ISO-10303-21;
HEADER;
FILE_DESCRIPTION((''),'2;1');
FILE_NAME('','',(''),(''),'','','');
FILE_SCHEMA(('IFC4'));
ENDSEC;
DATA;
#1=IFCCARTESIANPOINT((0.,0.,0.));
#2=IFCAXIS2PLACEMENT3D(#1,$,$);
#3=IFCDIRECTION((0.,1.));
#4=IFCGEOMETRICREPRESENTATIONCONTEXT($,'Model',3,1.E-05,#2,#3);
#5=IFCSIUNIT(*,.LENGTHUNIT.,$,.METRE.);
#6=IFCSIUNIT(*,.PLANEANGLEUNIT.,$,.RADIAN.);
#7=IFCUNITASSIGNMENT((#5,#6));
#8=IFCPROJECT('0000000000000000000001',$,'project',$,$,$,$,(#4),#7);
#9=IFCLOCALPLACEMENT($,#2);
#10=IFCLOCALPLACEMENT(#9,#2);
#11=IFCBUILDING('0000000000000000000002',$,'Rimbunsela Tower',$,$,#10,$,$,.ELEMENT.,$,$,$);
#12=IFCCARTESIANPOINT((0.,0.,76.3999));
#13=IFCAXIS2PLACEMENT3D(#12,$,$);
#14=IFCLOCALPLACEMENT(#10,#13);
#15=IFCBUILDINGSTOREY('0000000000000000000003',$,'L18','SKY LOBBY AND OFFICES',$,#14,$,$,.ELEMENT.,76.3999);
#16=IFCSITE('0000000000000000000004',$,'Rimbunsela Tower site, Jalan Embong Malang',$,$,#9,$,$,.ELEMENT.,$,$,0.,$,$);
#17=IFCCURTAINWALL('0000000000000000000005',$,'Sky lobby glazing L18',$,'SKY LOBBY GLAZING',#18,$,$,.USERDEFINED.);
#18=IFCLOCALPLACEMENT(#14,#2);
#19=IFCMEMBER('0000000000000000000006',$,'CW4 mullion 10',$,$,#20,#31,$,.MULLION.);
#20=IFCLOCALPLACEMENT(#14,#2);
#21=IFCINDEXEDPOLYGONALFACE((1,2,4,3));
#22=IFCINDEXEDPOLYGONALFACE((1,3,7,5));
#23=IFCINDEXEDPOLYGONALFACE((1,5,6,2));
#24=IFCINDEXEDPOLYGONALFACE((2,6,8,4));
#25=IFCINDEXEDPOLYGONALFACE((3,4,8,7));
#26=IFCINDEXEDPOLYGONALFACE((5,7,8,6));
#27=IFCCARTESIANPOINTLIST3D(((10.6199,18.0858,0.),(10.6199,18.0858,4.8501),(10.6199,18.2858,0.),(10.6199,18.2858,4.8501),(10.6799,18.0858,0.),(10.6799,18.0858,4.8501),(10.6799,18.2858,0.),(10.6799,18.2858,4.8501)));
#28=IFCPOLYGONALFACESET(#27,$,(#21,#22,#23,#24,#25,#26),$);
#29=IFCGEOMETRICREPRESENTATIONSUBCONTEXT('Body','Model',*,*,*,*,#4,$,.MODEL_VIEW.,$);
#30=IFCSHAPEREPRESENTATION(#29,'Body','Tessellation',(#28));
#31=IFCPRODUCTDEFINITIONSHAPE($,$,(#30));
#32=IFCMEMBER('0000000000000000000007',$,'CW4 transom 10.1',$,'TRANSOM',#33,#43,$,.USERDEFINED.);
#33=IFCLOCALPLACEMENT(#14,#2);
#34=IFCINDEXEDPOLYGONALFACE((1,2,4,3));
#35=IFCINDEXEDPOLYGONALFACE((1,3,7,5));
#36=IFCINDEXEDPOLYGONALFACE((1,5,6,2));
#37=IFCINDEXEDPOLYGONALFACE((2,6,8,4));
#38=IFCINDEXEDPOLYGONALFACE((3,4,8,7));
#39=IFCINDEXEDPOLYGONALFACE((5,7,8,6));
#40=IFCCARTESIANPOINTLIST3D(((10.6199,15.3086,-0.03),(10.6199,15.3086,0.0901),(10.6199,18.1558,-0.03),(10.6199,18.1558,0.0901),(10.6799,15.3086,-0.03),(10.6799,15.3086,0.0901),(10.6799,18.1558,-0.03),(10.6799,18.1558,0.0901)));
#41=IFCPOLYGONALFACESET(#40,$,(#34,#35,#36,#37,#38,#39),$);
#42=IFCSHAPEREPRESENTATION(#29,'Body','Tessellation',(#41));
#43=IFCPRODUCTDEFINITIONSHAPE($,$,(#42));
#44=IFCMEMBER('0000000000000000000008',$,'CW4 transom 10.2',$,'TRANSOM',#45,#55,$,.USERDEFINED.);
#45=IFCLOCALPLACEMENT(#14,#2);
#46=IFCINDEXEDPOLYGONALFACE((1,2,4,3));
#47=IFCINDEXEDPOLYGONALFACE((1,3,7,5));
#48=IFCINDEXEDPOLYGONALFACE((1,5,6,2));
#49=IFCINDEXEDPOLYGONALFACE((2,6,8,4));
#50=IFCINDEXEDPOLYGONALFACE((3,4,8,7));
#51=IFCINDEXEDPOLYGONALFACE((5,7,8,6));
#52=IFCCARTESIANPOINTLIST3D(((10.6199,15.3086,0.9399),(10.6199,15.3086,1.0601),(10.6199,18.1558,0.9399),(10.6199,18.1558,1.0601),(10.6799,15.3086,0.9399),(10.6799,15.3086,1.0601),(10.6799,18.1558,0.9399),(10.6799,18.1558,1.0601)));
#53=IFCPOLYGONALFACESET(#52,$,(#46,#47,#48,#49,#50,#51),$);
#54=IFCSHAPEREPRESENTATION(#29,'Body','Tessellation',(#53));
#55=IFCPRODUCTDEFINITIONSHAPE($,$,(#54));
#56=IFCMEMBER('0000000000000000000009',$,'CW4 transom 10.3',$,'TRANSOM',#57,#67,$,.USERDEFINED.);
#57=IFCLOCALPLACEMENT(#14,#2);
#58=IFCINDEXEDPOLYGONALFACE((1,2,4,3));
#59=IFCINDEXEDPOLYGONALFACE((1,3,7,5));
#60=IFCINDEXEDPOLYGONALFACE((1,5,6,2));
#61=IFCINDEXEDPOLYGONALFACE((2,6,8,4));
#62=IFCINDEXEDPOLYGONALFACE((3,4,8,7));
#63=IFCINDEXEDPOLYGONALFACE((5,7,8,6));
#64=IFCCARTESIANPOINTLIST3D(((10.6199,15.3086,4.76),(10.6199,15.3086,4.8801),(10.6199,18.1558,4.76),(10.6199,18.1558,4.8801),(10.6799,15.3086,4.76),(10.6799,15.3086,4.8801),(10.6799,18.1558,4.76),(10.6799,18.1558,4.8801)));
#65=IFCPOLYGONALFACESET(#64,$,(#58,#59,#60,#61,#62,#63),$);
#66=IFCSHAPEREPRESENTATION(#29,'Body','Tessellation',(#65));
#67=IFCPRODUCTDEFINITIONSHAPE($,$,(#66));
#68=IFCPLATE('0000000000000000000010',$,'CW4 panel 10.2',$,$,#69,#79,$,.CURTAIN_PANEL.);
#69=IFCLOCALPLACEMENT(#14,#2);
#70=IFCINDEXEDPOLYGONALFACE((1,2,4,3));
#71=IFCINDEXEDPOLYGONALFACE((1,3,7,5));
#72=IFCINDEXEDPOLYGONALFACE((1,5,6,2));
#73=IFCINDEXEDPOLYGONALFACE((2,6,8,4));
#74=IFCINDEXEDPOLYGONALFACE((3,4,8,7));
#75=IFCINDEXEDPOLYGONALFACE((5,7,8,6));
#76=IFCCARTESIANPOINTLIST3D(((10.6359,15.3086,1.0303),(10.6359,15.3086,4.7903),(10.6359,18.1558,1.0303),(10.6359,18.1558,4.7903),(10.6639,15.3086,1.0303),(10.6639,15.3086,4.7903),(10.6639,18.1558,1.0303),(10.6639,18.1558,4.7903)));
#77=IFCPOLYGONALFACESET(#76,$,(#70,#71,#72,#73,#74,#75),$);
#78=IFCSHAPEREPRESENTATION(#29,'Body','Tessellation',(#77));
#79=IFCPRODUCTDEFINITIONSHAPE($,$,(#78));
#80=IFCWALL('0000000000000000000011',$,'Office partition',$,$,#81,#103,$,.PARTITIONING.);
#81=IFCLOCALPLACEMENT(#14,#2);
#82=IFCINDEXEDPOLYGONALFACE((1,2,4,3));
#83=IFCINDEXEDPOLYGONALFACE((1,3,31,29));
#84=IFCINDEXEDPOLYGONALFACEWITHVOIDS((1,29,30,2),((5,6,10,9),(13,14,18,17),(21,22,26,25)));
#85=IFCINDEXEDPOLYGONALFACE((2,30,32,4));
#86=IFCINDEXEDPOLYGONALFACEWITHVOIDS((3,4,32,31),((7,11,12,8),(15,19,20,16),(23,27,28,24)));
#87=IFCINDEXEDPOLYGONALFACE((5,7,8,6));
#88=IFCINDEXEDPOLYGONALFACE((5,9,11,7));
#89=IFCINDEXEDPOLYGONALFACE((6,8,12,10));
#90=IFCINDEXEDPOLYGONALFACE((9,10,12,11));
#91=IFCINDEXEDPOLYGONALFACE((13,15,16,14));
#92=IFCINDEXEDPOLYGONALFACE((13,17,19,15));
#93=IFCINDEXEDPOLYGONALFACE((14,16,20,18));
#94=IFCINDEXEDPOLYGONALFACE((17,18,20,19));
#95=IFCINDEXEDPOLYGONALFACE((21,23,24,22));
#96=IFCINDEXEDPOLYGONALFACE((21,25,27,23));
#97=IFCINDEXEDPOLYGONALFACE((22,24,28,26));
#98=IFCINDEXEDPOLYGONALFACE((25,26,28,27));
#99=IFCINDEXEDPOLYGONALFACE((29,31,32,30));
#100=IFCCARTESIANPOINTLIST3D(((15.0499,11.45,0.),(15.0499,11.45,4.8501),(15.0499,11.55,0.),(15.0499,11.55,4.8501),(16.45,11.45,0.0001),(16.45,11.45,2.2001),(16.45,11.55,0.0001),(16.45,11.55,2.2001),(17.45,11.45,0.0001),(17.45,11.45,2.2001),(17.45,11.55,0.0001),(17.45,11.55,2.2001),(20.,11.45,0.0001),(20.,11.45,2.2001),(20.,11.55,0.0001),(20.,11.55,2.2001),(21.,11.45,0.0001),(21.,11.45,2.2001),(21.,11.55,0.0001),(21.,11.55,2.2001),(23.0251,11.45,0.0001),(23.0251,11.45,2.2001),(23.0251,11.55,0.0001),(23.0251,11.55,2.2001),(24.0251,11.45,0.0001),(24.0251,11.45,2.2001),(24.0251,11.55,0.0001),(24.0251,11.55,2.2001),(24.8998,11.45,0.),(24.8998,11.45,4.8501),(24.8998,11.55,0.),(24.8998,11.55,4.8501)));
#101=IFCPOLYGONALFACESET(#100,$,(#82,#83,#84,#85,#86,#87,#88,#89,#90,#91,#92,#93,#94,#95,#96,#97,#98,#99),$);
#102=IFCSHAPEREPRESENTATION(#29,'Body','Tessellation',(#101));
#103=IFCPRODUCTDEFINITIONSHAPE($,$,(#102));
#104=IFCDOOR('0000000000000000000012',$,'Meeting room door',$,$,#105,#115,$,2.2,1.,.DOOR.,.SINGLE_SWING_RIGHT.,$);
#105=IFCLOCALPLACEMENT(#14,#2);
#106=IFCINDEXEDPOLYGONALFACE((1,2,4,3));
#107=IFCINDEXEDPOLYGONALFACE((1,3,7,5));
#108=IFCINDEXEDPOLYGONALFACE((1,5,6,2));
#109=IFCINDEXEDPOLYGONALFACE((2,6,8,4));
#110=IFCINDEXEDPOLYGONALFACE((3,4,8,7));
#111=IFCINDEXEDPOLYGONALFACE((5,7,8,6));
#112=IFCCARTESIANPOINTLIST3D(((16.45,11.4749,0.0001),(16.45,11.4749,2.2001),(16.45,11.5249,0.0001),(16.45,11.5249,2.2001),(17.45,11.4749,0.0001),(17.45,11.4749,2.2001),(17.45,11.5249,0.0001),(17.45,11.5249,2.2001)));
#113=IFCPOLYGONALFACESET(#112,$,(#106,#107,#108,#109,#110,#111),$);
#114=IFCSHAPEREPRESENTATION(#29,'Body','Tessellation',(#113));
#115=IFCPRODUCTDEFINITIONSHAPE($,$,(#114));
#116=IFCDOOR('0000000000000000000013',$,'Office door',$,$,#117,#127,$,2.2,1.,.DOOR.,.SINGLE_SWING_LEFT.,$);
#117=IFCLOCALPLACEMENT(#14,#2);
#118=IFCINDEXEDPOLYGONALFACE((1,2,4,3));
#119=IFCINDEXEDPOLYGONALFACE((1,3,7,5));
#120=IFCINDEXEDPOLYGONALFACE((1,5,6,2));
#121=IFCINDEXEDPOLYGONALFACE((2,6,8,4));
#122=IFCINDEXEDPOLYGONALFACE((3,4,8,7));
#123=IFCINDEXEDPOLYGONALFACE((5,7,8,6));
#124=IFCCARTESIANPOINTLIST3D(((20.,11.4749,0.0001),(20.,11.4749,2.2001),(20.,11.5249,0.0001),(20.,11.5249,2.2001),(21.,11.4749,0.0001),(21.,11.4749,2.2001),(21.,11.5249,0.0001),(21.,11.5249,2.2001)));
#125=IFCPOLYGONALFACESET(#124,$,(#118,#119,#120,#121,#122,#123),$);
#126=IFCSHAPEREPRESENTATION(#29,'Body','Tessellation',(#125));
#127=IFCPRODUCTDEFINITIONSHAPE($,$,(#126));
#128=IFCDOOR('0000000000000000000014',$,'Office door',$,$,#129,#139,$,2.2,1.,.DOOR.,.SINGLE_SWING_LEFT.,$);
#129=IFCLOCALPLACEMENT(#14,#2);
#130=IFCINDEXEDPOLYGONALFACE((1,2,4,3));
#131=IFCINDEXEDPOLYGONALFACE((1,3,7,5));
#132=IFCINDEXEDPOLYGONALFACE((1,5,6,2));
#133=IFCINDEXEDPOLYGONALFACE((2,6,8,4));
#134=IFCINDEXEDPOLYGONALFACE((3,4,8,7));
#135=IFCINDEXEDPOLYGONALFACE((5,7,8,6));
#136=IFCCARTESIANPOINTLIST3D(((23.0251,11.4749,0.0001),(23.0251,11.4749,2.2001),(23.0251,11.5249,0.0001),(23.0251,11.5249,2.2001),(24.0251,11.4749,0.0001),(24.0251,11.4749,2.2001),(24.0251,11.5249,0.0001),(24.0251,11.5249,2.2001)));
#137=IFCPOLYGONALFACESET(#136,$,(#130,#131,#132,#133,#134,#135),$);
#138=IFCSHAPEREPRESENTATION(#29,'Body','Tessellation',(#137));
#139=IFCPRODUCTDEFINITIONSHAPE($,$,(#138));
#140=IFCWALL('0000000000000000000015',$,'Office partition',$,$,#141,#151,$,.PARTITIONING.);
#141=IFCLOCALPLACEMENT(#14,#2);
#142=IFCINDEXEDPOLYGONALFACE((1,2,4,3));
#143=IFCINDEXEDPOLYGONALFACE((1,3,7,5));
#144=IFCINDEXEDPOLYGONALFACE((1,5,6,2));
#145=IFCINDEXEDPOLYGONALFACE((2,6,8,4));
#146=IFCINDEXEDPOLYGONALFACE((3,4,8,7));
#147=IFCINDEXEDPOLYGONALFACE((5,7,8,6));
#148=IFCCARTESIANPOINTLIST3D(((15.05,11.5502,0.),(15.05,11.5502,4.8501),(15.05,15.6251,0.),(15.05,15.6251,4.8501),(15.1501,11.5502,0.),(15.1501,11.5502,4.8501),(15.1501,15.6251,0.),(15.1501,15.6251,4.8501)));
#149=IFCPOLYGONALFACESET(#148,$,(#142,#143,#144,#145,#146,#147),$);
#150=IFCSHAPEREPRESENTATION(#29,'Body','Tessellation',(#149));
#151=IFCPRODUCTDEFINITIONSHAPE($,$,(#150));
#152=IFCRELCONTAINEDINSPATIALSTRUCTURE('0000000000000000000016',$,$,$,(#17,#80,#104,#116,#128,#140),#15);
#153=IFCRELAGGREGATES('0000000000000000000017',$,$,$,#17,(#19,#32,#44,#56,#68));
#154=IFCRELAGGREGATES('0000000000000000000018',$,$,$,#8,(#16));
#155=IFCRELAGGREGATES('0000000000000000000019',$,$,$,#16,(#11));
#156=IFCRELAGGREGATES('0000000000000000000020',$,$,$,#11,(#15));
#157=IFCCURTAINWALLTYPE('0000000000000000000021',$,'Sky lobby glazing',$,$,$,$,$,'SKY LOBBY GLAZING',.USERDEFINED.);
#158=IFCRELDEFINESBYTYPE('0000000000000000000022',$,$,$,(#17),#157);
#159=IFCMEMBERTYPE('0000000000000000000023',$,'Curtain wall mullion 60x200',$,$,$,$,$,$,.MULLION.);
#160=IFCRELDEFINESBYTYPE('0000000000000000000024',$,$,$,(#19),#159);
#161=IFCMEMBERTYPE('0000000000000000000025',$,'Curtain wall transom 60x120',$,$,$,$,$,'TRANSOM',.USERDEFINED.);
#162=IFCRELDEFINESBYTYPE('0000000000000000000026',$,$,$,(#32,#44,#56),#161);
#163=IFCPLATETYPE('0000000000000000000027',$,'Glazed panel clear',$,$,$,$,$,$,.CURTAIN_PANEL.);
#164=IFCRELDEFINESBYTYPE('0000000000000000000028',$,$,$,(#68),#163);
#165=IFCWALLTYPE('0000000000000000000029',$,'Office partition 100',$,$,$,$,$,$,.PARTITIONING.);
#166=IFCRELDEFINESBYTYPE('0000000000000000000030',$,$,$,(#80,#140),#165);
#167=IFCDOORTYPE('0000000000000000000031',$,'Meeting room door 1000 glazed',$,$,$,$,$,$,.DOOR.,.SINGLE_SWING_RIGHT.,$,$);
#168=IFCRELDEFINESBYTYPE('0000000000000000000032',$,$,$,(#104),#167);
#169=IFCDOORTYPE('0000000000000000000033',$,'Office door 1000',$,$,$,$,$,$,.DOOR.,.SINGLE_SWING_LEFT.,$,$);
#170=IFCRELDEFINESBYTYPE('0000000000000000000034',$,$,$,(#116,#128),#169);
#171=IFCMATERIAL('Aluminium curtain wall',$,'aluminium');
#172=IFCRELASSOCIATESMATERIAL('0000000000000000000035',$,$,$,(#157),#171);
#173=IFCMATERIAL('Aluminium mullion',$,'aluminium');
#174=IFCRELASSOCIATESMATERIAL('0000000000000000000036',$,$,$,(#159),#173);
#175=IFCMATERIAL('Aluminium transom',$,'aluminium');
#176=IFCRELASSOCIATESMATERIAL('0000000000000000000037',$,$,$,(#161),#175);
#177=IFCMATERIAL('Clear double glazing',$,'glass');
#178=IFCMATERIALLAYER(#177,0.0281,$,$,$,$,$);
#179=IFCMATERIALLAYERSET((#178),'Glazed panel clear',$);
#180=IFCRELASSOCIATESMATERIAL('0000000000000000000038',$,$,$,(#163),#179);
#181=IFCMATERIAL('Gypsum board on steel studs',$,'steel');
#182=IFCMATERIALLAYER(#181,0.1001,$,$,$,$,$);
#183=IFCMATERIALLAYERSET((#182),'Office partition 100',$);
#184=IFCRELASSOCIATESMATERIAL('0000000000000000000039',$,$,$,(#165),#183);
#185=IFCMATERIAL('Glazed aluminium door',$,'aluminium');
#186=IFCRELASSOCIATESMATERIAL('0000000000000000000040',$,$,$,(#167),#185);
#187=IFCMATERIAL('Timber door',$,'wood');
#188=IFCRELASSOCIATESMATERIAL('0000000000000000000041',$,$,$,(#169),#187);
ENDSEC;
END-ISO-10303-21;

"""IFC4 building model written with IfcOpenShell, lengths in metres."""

from ifc_helpers import new_model, si_unit, direction, frame, frame_2d, origin, origin_2d, place, context, subcontext, project, spatial, rectangle, extrude, material, layer, layer_set, material_profile, profile_set, type_object, element, fill, aggregate, save


model = new_model("IFC4")

# Units and contexts
model_context = context("Model", 3, precision=1e-05, world=origin(), true_north=direction((0.0, 1.0)))
body_context = subcontext(model_context, "Body", "Model", "MODEL_VIEW")
ifc_project = project(units=[si_unit("LENGTHUNIT", "METRE"), si_unit("PLANEANGLEUNIT", "RADIAN")], contexts=[model_context])

# Site, building, storey
site_placement = place(None, origin())
site = spatial("IfcSite", under=ifc_project, at=site_placement, Name="Rimbunsela Tower site, Jalan Embong Malang", CompositionType="ELEMENT", RefElevation=0.0)
building_placement = place(site_placement, origin())
building = spatial("IfcBuilding", under=site, at=building_placement, Name="Rimbunsela Tower", CompositionType="ELEMENT")
storey_placement = place(building_placement, frame((0.0, 0.0, 76.3999)))
storey = spatial("IfcBuildingStorey", under=building, at=storey_placement, Name="L18", Description="SKY LOBBY AND OFFICES", CompositionType="ELEMENT", Elevation=76.3999)

# Curtain wall, members, plate
ifc_material_1 = material(Name="Aluminium curtain wall", Category="aluminium")
curtain_wall_type = type_object("IfcCurtainWallType", Name="Sky lobby glazing", ElementType="SKY LOBBY GLAZING", PredefinedType="USERDEFINED", material=ifc_material_1)
curtain_wall_placement = place(storey_placement, origin())
curtain_wall = element("IfcCurtainWall", 1, at=curtain_wall_placement, inside=storey, type_object=curtain_wall_type, Name="Sky lobby glazing L18", ObjectType="SKY LOBBY GLAZING", PredefinedType="USERDEFINED")
ifc_material_2 = material(Name="Aluminium mullion", Category="aluminium")
ifc_material_profile_1 = material_profile(ifc_material_2, rectangle(XDim=0.0601, YDim=0.2, at=origin_2d()), Name="Mullion 60x200")
ifc_profile_set_1 = profile_set([ifc_material_profile_1], Name="Aluminium mullion")
member_type_1 = type_object("IfcMemberType", Name="Curtain wall mullion 60x200", PredefinedType="MULLION", material=ifc_profile_set_1)
member_1_placement = place(storey_placement, frame((10.6499, 18.1858, 0.0), z_axis=(0.0, 0.0, 1.0), x_axis=(1.0, 0.0, 0.0)))
member_1 = element("IfcMember", 2, at=member_1_placement, type_object=member_type_1, Name="CW4 mullion 10", PredefinedType="MULLION", context=body_context, shape_type="SweptSolid", body=[
    extrude(rectangle(XDim=0.0601, YDim=0.2, at=origin_2d()), origin(), (0.0, 0.0, 1.0), 4.8501),
])
ifc_material_3 = material(Name="Aluminium transom", Category="aluminium")
ifc_material_profile_2 = material_profile(ifc_material_3, rectangle(XDim=0.0601, YDim=0.1201, at=origin_2d()), Name="Transom 60x120")
ifc_profile_set_2 = profile_set([ifc_material_profile_2], Name="Aluminium transom")
member_type_2 = type_object("IfcMemberType", Name="Curtain wall transom 60x120", ElementType="TRANSOM", PredefinedType="USERDEFINED", material=ifc_profile_set_2)
member_2_placement = place(storey_placement, frame((10.6499, 18.1558, 0.03), z_axis=(0.0, -1.0, 0.0), x_axis=(1.0, 0.0, 0.0)))
member_2 = element("IfcMember", 3, at=member_2_placement, type_object=member_type_2, Name="CW4 transom 10.1", ObjectType="TRANSOM", PredefinedType="USERDEFINED", context=body_context, shape_type="SweptSolid", body=[
    extrude(rectangle(XDim=0.0601, YDim=0.1201, at=origin_2d()), origin(), (0.0, 0.0, 1.0), 2.8472),
])
member_3_placement = place(storey_placement, frame((10.6499, 18.1558, 1.0), z_axis=(0.0, -1.0, 0.0), x_axis=(1.0, 0.0, 0.0)))
member_3 = element("IfcMember", 4, at=member_3_placement, type_object=member_type_2, Name="CW4 transom 10.2", ObjectType="TRANSOM", PredefinedType="USERDEFINED", context=body_context, shape_type="SweptSolid", body=[
    extrude(rectangle(XDim=0.0601, YDim=0.1201, at=origin_2d()), origin(), (0.0, 0.0, 1.0), 2.8472),
])
member_4_placement = place(storey_placement, frame((10.6499, 18.1558, 4.8201), z_axis=(0.0, -1.0, 0.0), x_axis=(1.0, 0.0, 0.0)))
member_4 = element("IfcMember", 5, at=member_4_placement, type_object=member_type_2, Name="CW4 transom 10.3", ObjectType="TRANSOM", PredefinedType="USERDEFINED", context=body_context, shape_type="SweptSolid", body=[
    extrude(rectangle(XDim=0.0601, YDim=0.1201, at=origin_2d()), origin(), (0.0, 0.0, 1.0), 2.8472),
])
ifc_material_4 = material(Name="Clear double glazing", Category="glass")
ifc_layer_1 = layer(ifc_material_4, 0.0281)
ifc_layer_set_1 = layer_set([ifc_layer_1], Name="Glazed panel clear")
plate_type = type_object("IfcPlateType", Name="Glazed panel clear", PredefinedType="CURTAIN_PANEL", material=ifc_layer_set_1)
plate_placement = place(storey_placement, frame((10.6499, 16.7322, 1.0303), z_axis=(0.0, 0.0, 1.0), x_axis=(0.0, -1.0, 0.0)))
plate = element("IfcPlate", 6, at=plate_placement, type_object=plate_type, Name="CW4 panel 10.2", PredefinedType="CURTAIN_PANEL", context=body_context, shape_type="SweptSolid", body=[
    extrude(rectangle(XDim=2.8472, YDim=0.0281, at=origin_2d()), origin(), (0.0, 0.0, 1.0), 3.76),
])
aggregate(curtain_wall, [member_1, member_2, member_3, member_4, plate])

# Wall, openings, doors
ifc_material_5 = material(Name="Gypsum board on steel studs", Category="steel")
ifc_layer_2 = layer(ifc_material_5, 0.1001)
ifc_layer_set_2 = layer_set([ifc_layer_2], Name="Office partition 100")
wall_type_1 = type_object("IfcWallType", Name="Office partition 100", PredefinedType="PARTITIONING", material=ifc_layer_set_2)
wall_1_placement = place(storey_placement, frame((15.05, 11.5, 0.0), z_axis=(0.0, 0.0, 1.0), x_axis=(1.0, 0.0, 0.0)))
wall_1 = element("IfcWall", 7, at=wall_1_placement, inside=storey, type_object=wall_type_1, Name="Office partition", PredefinedType="PARTITIONING", context=body_context, shape_type="SweptSolid", body=[
    extrude(rectangle(XDim=9.8499, YDim=0.1001, at=frame_2d((4.9248, 0.0))), origin(), (0.0, 0.0, 1.0), 4.8501),
])
opening_1_placement = place(wall_1_placement, frame((1.3999, 0.0, 0.0)))
opening_1 = element("IfcOpeningElement", 8, at=opening_1_placement, cuts=wall_1, PredefinedType="OPENING", context=body_context, shape_type="SweptSolid", body=[
    extrude(rectangle(XDim=1.0, YDim=2.2, at=frame_2d((0.5, 1.1001))), frame((0.0, 0.0601, 0.0), z_axis=(0.0, -1.0, 0.0), x_axis=(1.0, 0.0, 0.0)), (0.0, 0.0, 1.0), 0.1201),
])
opening_2_placement = place(wall_1_placement, frame((4.95, 0.0, 0.0)))
opening_2 = element("IfcOpeningElement", 9, at=opening_2_placement, cuts=wall_1, PredefinedType="OPENING", context=body_context, shape_type="SweptSolid", body=[
    extrude(rectangle(XDim=1.0, YDim=2.2, at=frame_2d((0.5, 1.1001))), frame((0.0, 0.0601, 0.0), z_axis=(0.0, -1.0, 0.0), x_axis=(1.0, 0.0, 0.0)), (0.0, 0.0, 1.0), 0.1201),
])
opening_3_placement = place(wall_1_placement, frame((7.9751, 0.0, 0.0)))
opening_3 = element("IfcOpeningElement", 10, at=opening_3_placement, cuts=wall_1, PredefinedType="OPENING", context=body_context, shape_type="SweptSolid", body=[
    extrude(rectangle(XDim=1.0, YDim=2.2, at=frame_2d((0.5, 1.1001))), frame((0.0, 0.0601, 0.0), z_axis=(0.0, -1.0, 0.0), x_axis=(1.0, 0.0, 0.0)), (0.0, 0.0, 1.0), 0.1201),
])
ifc_material_6 = material(Name="Glazed aluminium door", Category="aluminium")
door_type_1 = type_object("IfcDoorType", Name="Meeting room door 1000 glazed", OperationType="SINGLE_SWING_RIGHT", PredefinedType="DOOR", material=ifc_material_6)
door_1_placement = place(opening_1_placement, origin())
door_1 = element("IfcDoor", 11, at=door_1_placement, inside=storey, type_object=door_type_1, Name="Meeting room door", OperationType="SINGLE_SWING_RIGHT", OverallHeight=2.2, OverallWidth=1.0, PredefinedType="DOOR", context=body_context, shape_type="SweptSolid", body=[
    extrude(rectangle(XDim=1.0, YDim=2.2, at=frame_2d((0.5, 1.1001))), frame((0.0, 0.0249, 0.0), z_axis=(0.0, -1.0, 0.0), x_axis=(1.0, 0.0, 0.0)), (0.0, 0.0, 1.0), 0.05),
])
fill(opening_1, door_1)
ifc_material_7 = material(Name="Timber door", Category="wood")
door_type_2 = type_object("IfcDoorType", Name="Office door 1000", OperationType="SINGLE_SWING_LEFT", PredefinedType="DOOR", material=ifc_material_7)
door_2_placement = place(opening_2_placement, origin())
door_2 = element("IfcDoor", 12, at=door_2_placement, inside=storey, type_object=door_type_2, Name="Office door", OperationType="SINGLE_SWING_LEFT", OverallHeight=2.2, OverallWidth=1.0, PredefinedType="DOOR", context=body_context, shape_type="SweptSolid", body=[
    extrude(rectangle(XDim=1.0, YDim=2.2, at=frame_2d((0.5, 1.1001))), frame((0.0, 0.0249, 0.0), z_axis=(0.0, -1.0, 0.0), x_axis=(1.0, 0.0, 0.0)), (0.0, 0.0, 1.0), 0.05),
])
fill(opening_2, door_2)
door_3_placement = place(opening_3_placement, origin())
door_3 = element("IfcDoor", 13, at=door_3_placement, inside=storey, type_object=door_type_2, Name="Office door", OperationType="SINGLE_SWING_LEFT", OverallHeight=2.2, OverallWidth=1.0, PredefinedType="DOOR", context=body_context, shape_type="SweptSolid", body=[
    extrude(rectangle(XDim=1.0, YDim=2.2, at=frame_2d((0.5, 1.1001))), frame((0.0, 0.0249, 0.0), z_axis=(0.0, -1.0, 0.0), x_axis=(1.0, 0.0, 0.0)), (0.0, 0.0, 1.0), 0.05),
])
fill(opening_3, door_3)

# Wall
wall_2_placement = place(storey_placement, frame((15.1001, 11.55, 0.0), z_axis=(0.0, 0.0, 1.0), x_axis=(0.0, 1.0, 0.0)))
element("IfcWall", 14, at=wall_2_placement, inside=storey, type_object=wall_type_1, Name="Office partition", PredefinedType="PARTITIONING", context=body_context, shape_type="SweptSolid", body=[
    extrude(rectangle(XDim=4.075, YDim=0.1001, at=frame_2d((2.0376, 0.0))), origin(), (0.0, 0.0, 1.0), 4.8501),
])

save(model, "model.ifc")
